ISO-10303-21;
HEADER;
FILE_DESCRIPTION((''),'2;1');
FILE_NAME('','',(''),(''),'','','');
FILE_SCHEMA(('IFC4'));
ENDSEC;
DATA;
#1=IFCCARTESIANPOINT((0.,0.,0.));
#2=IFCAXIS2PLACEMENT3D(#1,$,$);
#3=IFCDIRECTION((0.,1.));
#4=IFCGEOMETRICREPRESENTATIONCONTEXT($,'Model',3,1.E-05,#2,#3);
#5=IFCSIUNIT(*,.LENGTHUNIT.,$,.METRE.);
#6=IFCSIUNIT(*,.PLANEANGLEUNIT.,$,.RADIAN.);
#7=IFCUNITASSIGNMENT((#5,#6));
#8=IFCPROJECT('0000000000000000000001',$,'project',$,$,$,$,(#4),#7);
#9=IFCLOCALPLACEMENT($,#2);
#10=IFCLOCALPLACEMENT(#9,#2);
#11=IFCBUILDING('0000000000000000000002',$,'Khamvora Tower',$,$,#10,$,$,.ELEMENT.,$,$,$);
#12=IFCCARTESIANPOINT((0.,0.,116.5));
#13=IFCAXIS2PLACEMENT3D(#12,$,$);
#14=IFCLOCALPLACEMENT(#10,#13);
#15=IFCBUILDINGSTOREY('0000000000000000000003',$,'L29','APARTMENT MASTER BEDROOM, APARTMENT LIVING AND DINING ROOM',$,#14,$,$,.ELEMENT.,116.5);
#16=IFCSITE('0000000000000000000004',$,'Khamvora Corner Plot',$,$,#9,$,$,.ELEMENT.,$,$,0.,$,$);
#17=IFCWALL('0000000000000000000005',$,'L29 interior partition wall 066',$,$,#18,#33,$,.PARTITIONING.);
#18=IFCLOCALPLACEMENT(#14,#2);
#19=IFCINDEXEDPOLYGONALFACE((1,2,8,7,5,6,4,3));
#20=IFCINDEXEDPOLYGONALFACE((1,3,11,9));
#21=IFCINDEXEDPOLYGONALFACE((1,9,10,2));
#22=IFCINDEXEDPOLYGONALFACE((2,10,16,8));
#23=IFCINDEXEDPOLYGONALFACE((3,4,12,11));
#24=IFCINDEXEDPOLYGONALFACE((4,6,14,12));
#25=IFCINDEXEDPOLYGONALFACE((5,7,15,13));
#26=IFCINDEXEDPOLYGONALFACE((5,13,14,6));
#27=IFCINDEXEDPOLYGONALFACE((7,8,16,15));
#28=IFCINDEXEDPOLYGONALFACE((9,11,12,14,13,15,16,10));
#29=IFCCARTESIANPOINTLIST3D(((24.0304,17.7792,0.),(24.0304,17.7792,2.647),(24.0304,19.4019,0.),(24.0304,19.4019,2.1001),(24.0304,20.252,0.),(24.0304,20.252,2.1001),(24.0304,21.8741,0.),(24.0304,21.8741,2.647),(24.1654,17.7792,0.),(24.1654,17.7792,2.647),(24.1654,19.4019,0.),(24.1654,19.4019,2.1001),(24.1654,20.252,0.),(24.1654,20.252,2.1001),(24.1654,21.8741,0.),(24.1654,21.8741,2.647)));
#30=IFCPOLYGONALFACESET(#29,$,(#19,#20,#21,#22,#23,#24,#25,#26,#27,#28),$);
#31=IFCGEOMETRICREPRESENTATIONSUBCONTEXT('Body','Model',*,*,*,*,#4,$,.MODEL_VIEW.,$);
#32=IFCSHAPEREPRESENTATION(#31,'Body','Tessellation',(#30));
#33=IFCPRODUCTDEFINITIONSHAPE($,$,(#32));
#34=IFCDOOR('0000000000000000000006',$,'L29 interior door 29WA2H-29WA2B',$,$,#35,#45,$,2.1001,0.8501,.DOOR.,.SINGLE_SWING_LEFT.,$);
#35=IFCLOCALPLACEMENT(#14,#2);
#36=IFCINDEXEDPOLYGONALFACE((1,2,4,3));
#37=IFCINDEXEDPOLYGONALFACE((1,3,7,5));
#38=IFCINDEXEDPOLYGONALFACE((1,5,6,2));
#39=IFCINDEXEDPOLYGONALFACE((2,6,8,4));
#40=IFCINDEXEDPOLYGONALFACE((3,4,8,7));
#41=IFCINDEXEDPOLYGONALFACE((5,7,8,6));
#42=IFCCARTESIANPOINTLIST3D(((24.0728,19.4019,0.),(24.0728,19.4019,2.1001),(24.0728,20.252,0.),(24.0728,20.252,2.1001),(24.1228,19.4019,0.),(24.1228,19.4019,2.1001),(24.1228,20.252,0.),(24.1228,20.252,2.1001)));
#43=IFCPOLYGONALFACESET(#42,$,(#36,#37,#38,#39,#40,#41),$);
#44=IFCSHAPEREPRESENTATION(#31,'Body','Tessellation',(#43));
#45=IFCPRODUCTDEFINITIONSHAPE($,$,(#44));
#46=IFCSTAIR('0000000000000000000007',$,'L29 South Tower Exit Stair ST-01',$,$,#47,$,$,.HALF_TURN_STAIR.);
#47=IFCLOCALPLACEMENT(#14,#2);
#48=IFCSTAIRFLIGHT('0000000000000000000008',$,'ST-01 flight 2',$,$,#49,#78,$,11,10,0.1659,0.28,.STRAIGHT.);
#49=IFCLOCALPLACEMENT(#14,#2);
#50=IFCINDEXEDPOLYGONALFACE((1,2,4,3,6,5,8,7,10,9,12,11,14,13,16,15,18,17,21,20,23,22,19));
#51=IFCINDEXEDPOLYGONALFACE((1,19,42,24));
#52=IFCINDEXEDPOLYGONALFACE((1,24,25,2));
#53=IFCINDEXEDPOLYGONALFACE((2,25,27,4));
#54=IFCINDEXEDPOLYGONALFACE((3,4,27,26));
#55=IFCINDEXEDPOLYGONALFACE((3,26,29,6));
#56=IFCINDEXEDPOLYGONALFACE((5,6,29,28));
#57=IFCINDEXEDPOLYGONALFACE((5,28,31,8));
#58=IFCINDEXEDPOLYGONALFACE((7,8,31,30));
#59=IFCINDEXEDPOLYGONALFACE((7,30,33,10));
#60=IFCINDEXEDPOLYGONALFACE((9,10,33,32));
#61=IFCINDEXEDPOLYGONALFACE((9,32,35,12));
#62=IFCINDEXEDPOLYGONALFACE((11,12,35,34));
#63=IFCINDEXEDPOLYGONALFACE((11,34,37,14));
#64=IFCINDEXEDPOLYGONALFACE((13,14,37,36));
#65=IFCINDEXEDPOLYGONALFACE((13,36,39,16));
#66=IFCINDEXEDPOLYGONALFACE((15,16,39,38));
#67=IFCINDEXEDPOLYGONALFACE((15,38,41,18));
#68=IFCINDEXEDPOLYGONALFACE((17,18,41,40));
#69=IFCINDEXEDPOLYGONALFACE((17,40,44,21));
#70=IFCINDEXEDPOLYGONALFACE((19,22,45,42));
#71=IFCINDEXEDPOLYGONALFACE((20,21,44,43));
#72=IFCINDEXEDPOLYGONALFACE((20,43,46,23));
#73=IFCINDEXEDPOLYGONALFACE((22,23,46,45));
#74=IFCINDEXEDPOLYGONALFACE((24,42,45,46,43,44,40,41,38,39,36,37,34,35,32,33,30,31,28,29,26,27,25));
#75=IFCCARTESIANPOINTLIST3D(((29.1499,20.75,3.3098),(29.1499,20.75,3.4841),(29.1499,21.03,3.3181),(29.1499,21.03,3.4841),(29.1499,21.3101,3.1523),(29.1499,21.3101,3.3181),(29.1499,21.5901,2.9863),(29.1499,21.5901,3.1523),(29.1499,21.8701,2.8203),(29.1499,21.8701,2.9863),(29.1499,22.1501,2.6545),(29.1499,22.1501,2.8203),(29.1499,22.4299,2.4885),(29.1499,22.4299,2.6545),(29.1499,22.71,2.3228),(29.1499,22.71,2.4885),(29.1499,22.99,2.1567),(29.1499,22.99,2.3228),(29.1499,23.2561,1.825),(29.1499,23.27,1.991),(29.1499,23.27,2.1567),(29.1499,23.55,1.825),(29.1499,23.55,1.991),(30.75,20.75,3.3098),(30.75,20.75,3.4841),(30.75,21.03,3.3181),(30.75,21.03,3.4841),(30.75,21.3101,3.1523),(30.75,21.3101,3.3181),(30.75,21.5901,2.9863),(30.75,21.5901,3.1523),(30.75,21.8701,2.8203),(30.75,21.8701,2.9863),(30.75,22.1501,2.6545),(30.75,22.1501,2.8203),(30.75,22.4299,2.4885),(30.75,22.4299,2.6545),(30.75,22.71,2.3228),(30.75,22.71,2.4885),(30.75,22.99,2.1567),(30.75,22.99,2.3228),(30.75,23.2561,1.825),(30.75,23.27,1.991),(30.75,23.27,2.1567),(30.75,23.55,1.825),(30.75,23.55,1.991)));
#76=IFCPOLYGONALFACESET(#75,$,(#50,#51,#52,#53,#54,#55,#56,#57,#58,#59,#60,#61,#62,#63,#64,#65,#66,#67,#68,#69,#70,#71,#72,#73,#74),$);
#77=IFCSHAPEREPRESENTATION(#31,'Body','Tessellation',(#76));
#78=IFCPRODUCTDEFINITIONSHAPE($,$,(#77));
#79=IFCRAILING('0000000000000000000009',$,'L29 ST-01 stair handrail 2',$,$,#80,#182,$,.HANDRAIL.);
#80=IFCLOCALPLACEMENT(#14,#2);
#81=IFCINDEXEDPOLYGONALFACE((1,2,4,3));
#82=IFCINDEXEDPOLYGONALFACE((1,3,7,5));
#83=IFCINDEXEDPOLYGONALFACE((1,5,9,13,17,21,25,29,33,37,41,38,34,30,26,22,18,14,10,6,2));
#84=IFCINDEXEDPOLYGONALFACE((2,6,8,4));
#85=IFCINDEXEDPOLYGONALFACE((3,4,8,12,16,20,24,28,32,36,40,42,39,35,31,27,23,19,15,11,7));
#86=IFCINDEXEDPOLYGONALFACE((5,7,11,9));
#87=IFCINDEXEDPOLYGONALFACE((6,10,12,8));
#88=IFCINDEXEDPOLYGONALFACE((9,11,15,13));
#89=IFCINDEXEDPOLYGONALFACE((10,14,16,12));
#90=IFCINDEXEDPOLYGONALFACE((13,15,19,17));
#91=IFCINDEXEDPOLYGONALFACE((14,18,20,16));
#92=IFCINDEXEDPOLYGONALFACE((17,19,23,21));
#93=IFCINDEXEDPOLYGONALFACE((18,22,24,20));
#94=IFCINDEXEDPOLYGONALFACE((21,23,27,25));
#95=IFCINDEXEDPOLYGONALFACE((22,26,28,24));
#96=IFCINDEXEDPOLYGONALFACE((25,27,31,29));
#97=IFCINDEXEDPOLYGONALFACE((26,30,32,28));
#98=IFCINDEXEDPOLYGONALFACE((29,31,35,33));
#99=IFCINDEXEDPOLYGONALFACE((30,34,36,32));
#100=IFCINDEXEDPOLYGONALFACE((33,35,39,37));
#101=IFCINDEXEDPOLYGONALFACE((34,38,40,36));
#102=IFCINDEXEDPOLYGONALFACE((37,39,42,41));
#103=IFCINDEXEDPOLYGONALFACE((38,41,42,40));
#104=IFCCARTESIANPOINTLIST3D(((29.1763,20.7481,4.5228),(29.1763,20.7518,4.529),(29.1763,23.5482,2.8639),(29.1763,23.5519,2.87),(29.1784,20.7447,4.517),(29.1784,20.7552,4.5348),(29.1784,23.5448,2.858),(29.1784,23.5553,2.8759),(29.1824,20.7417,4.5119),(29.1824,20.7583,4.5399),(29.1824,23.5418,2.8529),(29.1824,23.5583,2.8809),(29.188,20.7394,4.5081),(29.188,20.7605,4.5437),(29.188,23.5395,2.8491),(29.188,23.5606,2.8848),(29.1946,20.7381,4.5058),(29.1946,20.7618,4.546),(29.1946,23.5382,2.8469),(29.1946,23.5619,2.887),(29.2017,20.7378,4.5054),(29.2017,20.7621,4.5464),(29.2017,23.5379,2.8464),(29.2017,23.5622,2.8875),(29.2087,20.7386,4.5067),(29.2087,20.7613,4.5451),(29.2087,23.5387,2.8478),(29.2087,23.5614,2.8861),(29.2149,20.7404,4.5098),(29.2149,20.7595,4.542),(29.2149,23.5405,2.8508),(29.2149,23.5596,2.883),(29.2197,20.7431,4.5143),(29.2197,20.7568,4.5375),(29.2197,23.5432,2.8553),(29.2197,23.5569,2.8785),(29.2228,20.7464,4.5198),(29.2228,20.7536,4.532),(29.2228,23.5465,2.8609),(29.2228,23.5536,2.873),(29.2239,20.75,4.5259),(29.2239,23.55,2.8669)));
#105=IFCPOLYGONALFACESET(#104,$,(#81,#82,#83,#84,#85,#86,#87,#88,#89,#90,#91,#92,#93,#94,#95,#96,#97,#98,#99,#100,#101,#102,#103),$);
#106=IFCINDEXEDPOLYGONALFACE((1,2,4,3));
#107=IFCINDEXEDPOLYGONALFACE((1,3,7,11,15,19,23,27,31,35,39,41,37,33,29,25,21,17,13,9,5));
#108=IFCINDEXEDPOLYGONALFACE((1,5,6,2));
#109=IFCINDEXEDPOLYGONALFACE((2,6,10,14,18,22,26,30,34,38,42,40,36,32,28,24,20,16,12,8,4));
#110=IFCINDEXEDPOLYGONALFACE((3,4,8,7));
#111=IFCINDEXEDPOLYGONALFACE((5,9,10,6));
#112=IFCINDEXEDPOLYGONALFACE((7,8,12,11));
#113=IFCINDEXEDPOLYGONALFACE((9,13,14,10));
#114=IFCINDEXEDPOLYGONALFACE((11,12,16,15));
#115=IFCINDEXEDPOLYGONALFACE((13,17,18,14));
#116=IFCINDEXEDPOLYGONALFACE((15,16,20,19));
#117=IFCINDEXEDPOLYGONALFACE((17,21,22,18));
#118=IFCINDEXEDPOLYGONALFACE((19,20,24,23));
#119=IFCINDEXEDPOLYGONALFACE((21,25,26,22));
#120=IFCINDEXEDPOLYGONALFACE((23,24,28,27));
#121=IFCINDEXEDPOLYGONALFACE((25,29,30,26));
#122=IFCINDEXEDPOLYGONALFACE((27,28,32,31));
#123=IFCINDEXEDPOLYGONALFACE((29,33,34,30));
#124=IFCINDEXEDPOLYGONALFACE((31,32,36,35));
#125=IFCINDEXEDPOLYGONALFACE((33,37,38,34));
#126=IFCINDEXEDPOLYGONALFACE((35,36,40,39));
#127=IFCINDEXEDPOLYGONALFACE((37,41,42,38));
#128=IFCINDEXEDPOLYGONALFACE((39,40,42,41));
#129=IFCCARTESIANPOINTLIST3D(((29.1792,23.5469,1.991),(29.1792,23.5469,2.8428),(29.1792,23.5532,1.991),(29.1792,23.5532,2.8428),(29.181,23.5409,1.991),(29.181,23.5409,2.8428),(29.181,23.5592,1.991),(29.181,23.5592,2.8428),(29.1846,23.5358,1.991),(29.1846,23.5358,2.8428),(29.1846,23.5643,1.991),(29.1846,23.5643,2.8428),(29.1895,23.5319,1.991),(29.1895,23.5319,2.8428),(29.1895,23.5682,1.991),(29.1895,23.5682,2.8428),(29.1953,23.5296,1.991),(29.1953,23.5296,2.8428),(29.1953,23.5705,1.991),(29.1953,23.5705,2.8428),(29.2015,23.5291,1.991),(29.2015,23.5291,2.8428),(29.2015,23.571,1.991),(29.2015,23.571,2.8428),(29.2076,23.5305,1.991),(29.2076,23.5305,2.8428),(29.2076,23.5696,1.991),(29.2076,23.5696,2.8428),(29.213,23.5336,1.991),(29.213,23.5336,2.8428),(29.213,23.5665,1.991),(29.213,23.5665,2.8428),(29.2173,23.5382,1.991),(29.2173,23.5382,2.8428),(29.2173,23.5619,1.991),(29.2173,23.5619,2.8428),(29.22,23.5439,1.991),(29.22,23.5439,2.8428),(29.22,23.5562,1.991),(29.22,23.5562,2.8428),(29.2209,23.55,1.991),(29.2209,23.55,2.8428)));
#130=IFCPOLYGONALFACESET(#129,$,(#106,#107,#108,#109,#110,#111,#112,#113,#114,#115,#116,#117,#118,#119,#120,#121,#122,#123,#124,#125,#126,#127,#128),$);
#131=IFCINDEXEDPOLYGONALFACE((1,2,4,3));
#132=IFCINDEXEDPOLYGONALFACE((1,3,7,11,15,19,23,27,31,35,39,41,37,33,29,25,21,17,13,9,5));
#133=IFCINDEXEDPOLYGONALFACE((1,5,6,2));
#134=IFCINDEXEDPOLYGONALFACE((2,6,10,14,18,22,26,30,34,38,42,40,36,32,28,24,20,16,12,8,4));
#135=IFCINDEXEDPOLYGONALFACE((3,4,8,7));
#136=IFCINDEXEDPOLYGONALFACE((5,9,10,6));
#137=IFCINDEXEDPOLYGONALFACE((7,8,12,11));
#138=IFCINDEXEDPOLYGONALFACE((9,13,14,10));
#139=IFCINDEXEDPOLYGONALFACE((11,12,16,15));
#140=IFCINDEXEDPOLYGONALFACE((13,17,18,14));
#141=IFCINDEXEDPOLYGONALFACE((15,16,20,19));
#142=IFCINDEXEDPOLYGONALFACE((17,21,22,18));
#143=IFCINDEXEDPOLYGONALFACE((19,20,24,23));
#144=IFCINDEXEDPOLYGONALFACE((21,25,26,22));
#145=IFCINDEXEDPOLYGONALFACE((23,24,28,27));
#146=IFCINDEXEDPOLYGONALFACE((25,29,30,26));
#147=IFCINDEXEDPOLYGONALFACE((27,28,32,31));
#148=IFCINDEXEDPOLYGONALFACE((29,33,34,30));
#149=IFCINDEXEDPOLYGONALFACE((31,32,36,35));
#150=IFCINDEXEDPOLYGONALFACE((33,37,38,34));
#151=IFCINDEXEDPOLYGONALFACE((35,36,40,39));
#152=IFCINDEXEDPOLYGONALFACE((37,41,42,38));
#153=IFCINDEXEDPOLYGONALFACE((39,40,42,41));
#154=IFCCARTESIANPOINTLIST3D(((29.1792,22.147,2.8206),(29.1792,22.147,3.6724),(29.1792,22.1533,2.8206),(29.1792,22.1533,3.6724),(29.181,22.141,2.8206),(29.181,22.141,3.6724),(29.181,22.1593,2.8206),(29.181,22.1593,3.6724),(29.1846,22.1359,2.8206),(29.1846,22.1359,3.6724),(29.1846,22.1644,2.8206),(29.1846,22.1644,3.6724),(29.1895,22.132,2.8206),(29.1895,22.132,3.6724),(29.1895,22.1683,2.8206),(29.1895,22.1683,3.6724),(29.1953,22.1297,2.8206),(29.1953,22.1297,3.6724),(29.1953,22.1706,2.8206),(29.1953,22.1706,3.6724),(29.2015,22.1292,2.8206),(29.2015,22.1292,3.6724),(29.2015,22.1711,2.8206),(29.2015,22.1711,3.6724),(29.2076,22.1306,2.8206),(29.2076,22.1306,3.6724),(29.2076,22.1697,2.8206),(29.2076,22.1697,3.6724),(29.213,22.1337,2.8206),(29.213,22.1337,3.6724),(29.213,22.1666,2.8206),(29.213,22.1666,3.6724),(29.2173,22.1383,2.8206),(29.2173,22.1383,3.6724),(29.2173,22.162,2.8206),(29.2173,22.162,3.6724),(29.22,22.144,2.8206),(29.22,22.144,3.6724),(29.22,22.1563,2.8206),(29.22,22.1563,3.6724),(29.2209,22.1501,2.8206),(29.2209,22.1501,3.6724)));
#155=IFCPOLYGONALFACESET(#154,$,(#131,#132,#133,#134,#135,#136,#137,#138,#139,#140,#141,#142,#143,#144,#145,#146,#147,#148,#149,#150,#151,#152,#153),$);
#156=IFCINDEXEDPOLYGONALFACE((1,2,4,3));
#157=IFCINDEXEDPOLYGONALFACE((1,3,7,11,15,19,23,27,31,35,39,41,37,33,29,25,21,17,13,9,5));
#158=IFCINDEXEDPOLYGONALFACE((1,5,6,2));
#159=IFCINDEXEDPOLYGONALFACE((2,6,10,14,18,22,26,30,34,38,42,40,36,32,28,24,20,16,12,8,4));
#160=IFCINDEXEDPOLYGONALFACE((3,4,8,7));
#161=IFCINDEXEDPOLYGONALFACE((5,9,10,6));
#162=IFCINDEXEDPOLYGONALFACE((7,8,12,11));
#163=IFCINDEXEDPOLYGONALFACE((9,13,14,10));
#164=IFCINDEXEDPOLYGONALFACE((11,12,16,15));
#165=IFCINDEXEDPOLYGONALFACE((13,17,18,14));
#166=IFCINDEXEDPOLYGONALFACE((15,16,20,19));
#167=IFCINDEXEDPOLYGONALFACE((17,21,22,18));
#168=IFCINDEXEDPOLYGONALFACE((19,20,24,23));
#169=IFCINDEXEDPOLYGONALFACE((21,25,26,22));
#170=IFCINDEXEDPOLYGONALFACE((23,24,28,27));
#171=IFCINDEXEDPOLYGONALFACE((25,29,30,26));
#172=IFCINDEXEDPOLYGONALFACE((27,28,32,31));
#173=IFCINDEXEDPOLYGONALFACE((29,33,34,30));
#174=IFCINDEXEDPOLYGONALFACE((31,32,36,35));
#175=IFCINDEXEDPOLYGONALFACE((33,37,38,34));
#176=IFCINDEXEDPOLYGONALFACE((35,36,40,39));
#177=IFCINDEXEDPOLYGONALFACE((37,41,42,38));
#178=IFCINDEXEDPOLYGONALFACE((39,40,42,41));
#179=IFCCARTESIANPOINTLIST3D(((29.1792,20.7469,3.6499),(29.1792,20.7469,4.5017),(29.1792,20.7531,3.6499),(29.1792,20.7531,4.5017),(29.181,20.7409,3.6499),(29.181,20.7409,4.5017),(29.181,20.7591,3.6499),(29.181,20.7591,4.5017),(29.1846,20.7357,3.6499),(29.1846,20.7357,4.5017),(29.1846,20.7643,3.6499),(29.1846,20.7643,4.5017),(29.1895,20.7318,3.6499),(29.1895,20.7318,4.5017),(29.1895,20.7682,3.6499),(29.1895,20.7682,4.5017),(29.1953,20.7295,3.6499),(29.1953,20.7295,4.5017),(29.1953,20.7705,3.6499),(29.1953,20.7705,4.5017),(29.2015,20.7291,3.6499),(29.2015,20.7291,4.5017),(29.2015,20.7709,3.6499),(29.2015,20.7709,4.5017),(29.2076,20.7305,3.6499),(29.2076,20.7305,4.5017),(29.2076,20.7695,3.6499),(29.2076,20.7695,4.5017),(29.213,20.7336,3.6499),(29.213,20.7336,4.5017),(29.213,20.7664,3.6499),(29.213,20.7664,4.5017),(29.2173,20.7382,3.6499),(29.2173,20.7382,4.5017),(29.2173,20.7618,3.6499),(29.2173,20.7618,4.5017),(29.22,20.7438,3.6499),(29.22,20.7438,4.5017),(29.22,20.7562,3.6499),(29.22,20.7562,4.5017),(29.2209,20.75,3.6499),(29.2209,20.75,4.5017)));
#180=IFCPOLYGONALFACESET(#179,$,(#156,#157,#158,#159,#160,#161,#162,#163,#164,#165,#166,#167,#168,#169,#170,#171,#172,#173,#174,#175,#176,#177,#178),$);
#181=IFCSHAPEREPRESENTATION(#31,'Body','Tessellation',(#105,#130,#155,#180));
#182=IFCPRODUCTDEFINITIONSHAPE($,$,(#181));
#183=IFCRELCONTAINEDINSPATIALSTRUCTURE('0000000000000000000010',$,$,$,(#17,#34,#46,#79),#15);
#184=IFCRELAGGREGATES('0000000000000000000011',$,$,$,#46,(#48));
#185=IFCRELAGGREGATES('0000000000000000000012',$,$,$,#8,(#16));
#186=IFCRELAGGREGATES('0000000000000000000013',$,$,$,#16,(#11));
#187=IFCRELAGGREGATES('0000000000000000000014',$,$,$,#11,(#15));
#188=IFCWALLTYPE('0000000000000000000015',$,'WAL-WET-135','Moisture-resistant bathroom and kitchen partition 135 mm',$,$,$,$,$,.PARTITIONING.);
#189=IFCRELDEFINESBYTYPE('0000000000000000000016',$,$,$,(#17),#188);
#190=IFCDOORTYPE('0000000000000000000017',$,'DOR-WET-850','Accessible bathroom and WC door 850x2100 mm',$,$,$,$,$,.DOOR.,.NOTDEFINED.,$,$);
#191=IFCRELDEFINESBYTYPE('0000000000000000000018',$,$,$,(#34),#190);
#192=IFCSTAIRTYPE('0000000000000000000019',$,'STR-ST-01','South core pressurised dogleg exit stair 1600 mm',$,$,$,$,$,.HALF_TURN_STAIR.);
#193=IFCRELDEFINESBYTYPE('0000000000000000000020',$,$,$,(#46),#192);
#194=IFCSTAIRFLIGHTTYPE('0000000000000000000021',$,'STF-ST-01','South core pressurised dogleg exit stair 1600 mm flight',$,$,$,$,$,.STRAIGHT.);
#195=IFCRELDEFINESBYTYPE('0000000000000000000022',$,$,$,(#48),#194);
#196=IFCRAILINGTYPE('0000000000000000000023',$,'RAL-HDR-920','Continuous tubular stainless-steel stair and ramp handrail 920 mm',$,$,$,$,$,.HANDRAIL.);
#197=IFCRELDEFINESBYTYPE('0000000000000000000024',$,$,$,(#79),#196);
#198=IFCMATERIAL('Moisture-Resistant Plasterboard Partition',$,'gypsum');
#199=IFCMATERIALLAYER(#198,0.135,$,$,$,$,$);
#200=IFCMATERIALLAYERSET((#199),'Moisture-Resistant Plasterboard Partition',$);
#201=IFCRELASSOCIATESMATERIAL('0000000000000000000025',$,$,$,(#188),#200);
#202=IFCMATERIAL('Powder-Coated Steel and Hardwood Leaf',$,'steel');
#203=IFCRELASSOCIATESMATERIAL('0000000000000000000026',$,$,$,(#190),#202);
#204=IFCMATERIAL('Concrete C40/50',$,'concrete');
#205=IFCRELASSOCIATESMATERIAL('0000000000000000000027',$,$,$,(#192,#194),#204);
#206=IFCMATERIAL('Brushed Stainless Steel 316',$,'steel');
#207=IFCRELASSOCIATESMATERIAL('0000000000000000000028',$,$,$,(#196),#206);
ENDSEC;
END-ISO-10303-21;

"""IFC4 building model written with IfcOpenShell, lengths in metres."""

from ifc_helpers import new_model, si_unit, direction, frame, frame_2d, origin, origin_2d, place, context, subcontext, project, spatial, polyline, rectangle, circle, outline, extrude, material, layer, layer_set, type_object, element, fill, aggregate, save


model = new_model("IFC4")

# Units and contexts
model_context = context("Model", 3, precision=1e-05, world=origin(), true_north=direction((0.0, 1.0)))
body_context = subcontext(model_context, "Body", "Model", "MODEL_VIEW")
ifc_project = project(units=[si_unit("LENGTHUNIT", "METRE"), si_unit("PLANEANGLEUNIT", "RADIAN")], contexts=[model_context])

# Site, building, storey
site_placement = place(None, origin())
site = spatial("IfcSite", under=ifc_project, at=site_placement, Name="Khamvora Corner Plot", CompositionType="ELEMENT", RefElevation=0.0)
building_placement = place(site_placement, origin())
building = spatial("IfcBuilding", under=site, at=building_placement, Name="Khamvora Tower", CompositionType="ELEMENT")
storey_placement = place(building_placement, frame((0.0, 0.0, 116.5)))
storey = spatial("IfcBuildingStorey", under=building, at=storey_placement, Name="L29", Description="APARTMENT MASTER BEDROOM, APARTMENT LIVING AND DINING ROOM", CompositionType="ELEMENT", Elevation=116.5)

# Shared definitions
ifc_material_1 = material(Name="Powder-Coated Steel and Hardwood Leaf", Category="steel")

# Shared definitions
ifc_material_2 = material(Name="Moisture-Resistant Plasterboard Partition", Category="gypsum")
ifc_layer_1 = layer(ifc_material_2, 0.135)
ifc_layer_set_1 = layer_set([ifc_layer_1], Name="Moisture-Resistant Plasterboard Partition")
wall_type_1 = type_object("IfcWallType", Name="WAL-WET-135", Description="Moisture-resistant bathroom and kitchen partition 135 mm", PredefinedType="PARTITIONING", material=ifc_layer_set_1)

# Wall, opening, door
wall_1_placement = place(storey_placement, frame((24.0979, 21.874, 0.0), z_axis=(0.0, 0.0, 1.0), x_axis=(0.0, -1.0, 0.0)))
wall_1 = element("IfcWall", 1, at=wall_1_placement, inside=storey, type_object=wall_type_1, Name="L29 interior partition wall 066", PredefinedType="PARTITIONING", context=body_context, shape_type="SweptSolid", body=[
    extrude(rectangle(XDim=4.095, YDim=0.135, at=frame_2d((2.0474, 0.0))), origin(), (0.0, 0.0, 1.0), 2.647),
])
opening_1_placement = place(wall_1_placement, frame((1.6221, 0.0, 0.0)))
opening_1 = element("IfcOpeningElement", 2, at=opening_1_placement, cuts=wall_1, PredefinedType="OPENING", context=body_context, shape_type="SweptSolid", body=[
    extrude(rectangle(XDim=0.8501, YDim=2.1001, at=frame_2d((0.425, 1.05))), frame((0.0, 0.0774, 0.0), z_axis=(0.0, -1.0, 0.0), x_axis=(1.0, 0.0, 0.0)), (0.0, 0.0, 1.0), 0.155),
])
door_type_1 = type_object("IfcDoorType", Name="DOR-WET-850", Description="Accessible bathroom and WC door 850x2100 mm", OperationType="NOTDEFINED", PredefinedType="DOOR", material=ifc_material_1)
door_1_placement = place(opening_1_placement, origin())
door_1 = element("IfcDoor", 3, at=door_1_placement, inside=storey, type_object=door_type_1, Name="L29 interior door 29WA2H-29WA2B", OperationType="SINGLE_SWING_LEFT", OverallHeight=2.1001, OverallWidth=0.8501, PredefinedType="DOOR", context=body_context, shape_type="SweptSolid", body=[
    extrude(rectangle(XDim=0.8501, YDim=2.1001, at=frame_2d((0.425, 1.05))), frame((0.0, 0.0249, 0.0), z_axis=(0.0, -1.0, 0.0), x_axis=(1.0, 0.0, 0.0)), (0.0, 0.0, 1.0), 0.05),
])
fill(opening_1, door_1)

# Stair, stair flight
ifc_material_3 = material(Name="Concrete C40/50", Category="concrete")
stair_type = type_object("IfcStairType", Name="STR-ST-01", Description="South core pressurised dogleg exit stair 1600 mm", PredefinedType="HALF_TURN_STAIR", material=ifc_material_3)
stair_placement = place(storey_placement, origin())
stair = element("IfcStair", 4, at=stair_placement, inside=storey, type_object=stair_type, Name="L29 South Tower Exit Stair ST-01", PredefinedType="HALF_TURN_STAIR")
stair_flight_type = type_object("IfcStairFlightType", Name="STF-ST-01", Description="South core pressurised dogleg exit stair 1600 mm flight", PredefinedType="STRAIGHT", material=ifc_material_3)
stair_flight_placement = place(storey_placement, frame((29.95, 23.55, 1.825), z_axis=(0.0, 0.0, 1.0), x_axis=(0.0, -1.0, 0.0)))
stair_flight = element("IfcStairFlight", 5, at=stair_flight_placement, type_object=stair_flight_type, Name="ST-01 flight 2", NumberOfRisers=11, NumberOfTreads=10, PredefinedType="STRAIGHT", RiserHeight=0.1659, TreadLength=0.28, context=body_context, shape_type="SweptSolid", body=[
    extrude(outline(polyline([(0.0, 0.0), (0.0, 0.166), (0.28, 0.166), (0.28, 0.3318), (0.5601, 0.3318), (0.5601, 0.4978), (0.8401, 0.4978), (0.8401, 0.6636), (1.1201, 0.6636), (1.1201, 0.8296), (1.3999, 0.8296), (1.3999, 0.9954), (1.6799, 0.9954), (1.6799, 1.1614), (1.96, 1.1614), (1.96, 1.3274), (2.24, 1.3274), (2.24, 1.4932), (2.52, 1.4932), (2.52, 1.6592), (2.8, 1.6592), (2.8, 1.825), (2.8, 1.4849), (0.2939, 0.0), (0.0, 0.0)])), frame((0.0, 0.8, 0.0), z_axis=(0.0, -1.0, 0.0), x_axis=(1.0, 0.0, 0.0)), (0.0, 0.0, 1.0), 1.6001),
])
aggregate(stair, [stair_flight])

# Railing
ifc_material_4 = material(Name="Brushed Stainless Steel 316", Category="steel")
railing_type_1 = type_object("IfcRailingType", Name="RAL-HDR-920", Description="Continuous tubular stainless-steel stair and ramp handrail 920 mm", PredefinedType="HANDRAIL", material=ifc_material_4)
railing_1_placement = place(storey_placement, frame((29.2, 23.55, 1.991)))
element("IfcRailing", 6, at=railing_1_placement, inside=storey, type_object=railing_type_1, Name="L29 ST-01 stair handrail 2", PredefinedType="HANDRAIL", context=body_context, shape_type="SweptSolid", body=[
    extrude(circle(Radius=0.0239, at=origin_2d()), frame((0.0, 0.0, 0.876), z_axis=(0.0, -0.860339, 0.509722), x_axis=(1.0, 0.0, 0.0)), (0.0, 0.0, 1.0), 3.2546),
    extrude(circle(Radius=0.021, at=origin_2d()), origin(), (0.0, 0.0, 1.0), 0.8518),
    extrude(circle(Radius=0.021, at=origin_2d()), frame((0.0, -1.3999, 0.8296)), (0.0, 0.0, 1.0), 0.8518),
    extrude(circle(Radius=0.021, at=origin_2d()), frame((0.0, -2.8, 1.6589)), (0.0, 0.0, 1.0), 0.8518),
])

save(model, "model.ifc")
